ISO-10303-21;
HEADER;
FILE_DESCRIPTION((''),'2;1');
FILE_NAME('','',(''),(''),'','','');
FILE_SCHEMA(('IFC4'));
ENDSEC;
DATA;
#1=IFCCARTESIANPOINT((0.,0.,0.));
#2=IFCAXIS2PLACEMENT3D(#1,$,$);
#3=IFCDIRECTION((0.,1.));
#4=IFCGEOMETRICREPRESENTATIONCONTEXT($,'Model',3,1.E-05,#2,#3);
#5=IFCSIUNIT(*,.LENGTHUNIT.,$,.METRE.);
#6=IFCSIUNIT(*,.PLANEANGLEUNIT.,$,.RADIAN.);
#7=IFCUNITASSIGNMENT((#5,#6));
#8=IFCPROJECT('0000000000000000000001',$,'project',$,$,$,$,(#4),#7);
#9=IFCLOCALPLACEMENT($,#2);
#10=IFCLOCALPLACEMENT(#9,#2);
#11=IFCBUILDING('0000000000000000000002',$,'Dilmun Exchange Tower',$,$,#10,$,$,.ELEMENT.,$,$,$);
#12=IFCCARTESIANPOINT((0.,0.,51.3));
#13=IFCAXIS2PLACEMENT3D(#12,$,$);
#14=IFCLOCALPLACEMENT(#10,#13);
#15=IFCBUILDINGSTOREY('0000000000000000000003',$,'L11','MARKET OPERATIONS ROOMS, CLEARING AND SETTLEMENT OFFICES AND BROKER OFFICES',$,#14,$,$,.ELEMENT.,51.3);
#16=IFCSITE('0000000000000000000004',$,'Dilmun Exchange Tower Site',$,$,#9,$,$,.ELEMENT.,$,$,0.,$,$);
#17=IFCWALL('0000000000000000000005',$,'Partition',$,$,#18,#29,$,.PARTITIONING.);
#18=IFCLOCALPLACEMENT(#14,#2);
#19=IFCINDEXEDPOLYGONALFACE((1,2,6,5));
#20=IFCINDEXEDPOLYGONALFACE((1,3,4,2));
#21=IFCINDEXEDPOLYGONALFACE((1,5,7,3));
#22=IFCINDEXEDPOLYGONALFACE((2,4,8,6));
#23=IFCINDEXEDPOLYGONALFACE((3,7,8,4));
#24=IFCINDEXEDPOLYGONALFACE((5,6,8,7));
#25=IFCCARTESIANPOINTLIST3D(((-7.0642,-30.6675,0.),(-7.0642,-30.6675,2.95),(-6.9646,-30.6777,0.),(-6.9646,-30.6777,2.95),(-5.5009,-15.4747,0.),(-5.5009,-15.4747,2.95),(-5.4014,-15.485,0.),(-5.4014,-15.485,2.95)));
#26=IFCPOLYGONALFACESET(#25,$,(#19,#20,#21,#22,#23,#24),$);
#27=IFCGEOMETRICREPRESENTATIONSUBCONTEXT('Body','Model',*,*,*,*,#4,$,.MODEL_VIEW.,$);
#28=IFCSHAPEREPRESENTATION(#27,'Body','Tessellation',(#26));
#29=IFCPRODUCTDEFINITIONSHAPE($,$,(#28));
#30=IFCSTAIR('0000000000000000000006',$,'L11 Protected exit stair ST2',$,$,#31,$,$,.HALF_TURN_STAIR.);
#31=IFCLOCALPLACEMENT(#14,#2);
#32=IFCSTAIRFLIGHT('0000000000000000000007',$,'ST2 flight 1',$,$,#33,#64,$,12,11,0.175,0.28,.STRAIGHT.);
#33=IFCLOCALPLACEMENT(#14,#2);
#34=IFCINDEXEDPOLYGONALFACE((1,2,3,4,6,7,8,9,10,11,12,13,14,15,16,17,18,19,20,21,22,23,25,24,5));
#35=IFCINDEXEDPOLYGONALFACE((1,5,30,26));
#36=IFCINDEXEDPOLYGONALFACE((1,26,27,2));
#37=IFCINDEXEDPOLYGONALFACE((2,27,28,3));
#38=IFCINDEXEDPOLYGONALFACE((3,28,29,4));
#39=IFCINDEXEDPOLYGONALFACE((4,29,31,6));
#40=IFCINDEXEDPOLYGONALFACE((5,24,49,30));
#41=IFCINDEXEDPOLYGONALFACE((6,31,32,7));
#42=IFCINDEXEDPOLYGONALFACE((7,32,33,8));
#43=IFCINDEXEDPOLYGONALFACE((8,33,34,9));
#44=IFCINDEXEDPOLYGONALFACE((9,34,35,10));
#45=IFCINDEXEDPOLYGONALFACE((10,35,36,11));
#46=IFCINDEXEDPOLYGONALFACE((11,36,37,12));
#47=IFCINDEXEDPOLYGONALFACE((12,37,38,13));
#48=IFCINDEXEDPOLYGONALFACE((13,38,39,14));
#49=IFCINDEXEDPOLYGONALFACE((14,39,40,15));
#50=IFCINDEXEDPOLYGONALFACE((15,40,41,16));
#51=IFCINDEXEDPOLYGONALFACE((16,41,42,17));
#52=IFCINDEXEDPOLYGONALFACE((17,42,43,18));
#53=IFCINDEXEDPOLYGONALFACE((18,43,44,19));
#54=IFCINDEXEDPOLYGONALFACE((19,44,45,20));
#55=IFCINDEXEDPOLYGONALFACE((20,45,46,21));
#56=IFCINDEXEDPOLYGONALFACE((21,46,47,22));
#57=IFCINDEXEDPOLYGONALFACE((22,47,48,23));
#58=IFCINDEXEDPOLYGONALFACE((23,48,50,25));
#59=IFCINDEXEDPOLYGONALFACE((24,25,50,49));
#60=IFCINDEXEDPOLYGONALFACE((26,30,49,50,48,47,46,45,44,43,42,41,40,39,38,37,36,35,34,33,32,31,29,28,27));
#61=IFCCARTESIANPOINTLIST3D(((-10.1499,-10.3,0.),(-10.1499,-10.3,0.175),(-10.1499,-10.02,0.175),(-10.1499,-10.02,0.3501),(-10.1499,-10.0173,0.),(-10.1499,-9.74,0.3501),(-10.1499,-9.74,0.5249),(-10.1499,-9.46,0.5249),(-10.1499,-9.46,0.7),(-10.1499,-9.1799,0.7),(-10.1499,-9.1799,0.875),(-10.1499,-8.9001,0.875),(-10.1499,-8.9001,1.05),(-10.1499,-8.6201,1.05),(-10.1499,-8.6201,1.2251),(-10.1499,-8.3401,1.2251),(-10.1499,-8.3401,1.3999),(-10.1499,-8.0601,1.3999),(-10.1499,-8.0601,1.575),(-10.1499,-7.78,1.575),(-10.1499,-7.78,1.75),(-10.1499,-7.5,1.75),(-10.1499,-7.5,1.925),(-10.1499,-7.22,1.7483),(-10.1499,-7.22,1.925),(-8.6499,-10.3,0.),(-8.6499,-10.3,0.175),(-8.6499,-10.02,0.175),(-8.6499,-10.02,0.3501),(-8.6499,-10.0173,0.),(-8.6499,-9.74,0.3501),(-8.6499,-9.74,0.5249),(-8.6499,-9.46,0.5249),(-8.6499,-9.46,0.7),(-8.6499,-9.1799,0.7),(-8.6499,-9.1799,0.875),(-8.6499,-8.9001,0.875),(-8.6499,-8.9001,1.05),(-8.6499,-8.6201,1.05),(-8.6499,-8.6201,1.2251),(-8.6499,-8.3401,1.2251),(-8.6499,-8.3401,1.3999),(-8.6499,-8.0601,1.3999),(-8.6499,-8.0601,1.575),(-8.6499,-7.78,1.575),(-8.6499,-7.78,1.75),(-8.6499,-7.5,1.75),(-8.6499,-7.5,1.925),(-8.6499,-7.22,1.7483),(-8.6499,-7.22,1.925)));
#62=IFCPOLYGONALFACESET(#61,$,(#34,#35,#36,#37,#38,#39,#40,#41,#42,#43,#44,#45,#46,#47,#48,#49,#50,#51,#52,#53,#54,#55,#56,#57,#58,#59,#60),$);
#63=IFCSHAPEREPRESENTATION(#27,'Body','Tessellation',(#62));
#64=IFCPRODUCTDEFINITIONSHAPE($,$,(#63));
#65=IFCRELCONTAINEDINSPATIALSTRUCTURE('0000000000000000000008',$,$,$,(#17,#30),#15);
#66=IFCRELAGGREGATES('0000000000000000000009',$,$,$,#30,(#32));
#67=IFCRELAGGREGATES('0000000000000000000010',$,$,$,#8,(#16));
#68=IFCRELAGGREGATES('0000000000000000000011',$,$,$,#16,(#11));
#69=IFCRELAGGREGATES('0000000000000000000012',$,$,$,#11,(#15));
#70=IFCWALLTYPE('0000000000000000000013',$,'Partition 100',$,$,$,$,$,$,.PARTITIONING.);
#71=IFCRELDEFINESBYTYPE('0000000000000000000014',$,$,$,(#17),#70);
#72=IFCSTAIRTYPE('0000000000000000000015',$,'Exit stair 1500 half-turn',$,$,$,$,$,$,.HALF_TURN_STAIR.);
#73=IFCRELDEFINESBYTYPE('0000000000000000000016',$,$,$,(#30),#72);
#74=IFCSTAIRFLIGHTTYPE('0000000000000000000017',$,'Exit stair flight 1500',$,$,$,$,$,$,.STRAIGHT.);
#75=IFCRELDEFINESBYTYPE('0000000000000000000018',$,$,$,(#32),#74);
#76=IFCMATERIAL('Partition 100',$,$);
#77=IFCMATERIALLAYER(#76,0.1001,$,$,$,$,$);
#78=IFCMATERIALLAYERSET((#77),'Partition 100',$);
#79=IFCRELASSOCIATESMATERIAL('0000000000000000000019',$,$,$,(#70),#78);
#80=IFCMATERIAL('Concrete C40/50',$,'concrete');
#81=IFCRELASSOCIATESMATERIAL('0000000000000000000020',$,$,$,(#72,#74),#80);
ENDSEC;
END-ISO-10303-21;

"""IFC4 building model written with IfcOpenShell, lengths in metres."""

from ifc_helpers import new_model, si_unit, direction, frame, frame_2d, origin, place, context, subcontext, project, spatial, polyline, rectangle, outline, extrude, material, layer, layer_set, type_object, element, aggregate, save


model = new_model("IFC4")

# Units and contexts
model_context = context("Model", 3, precision=1e-05, world=origin(), true_north=direction((0.0, 1.0)))
body_context = subcontext(model_context, "Body", "Model", "MODEL_VIEW")
ifc_project = project(units=[si_unit("LENGTHUNIT", "METRE"), si_unit("PLANEANGLEUNIT", "RADIAN")], contexts=[model_context])

# Site, building, storey
site_placement = place(None, origin())
site = spatial("IfcSite", under=ifc_project, at=site_placement, Name="Dilmun Exchange Tower Site", CompositionType="ELEMENT", RefElevation=0.0)
building_placement = place(site_placement, origin())
building = spatial("IfcBuilding", under=site, at=building_placement, Name="Dilmun Exchange Tower", CompositionType="ELEMENT")
storey_placement = place(building_placement, frame((0.0, 0.0, 51.3)))
storey = spatial("IfcBuildingStorey", under=building, at=storey_placement, Name="L11", Description="MARKET OPERATIONS ROOMS, CLEARING AND SETTLEMENT OFFICES AND BROKER OFFICES", CompositionType="ELEMENT", Elevation=51.3)

# Shared definitions
ifc_material_1 = material(Name="Concrete C40/50", Category="concrete")

# Wall
ifc_material_2 = material(Name="Partition 100")
ifc_layer_1 = layer(ifc_material_2, 0.1001)
ifc_layer_set_1 = layer_set([ifc_layer_1], Name="Partition 100")
wall_type_1 = type_object("IfcWallType", Name="Partition 100", PredefinedType="PARTITIONING", material=ifc_layer_set_1)
wall_1_placement = place(storey_placement, frame((-7.0144, -30.6726, 0.0), z_axis=(0.0, 0.0, 1.0), x_axis=(0.102354, 0.994748, 0.0)))
element("IfcWall", 1, at=wall_1_placement, inside=storey, type_object=wall_type_1, Name="Partition", PredefinedType="PARTITIONING", context=body_context, shape_type="SweptSolid", body=[
    extrude(rectangle(XDim=15.2729, YDim=0.1001, at=frame_2d((7.6365, 0.0))), origin(), (0.0, 0.0, 1.0), 2.95),
])

# Stair, stair flight
stair_type = type_object("IfcStairType", Name="Exit stair 1500 half-turn", PredefinedType="HALF_TURN_STAIR", material=ifc_material_1)
stair_placement = place(storey_placement, origin())
stair = element("IfcStair", 2, at=stair_placement, inside=storey, type_object=stair_type, Name="L11 Protected exit stair ST2", PredefinedType="HALF_TURN_STAIR")
stair_flight_type = type_object("IfcStairFlightType", Name="Exit stair flight 1500", PredefinedType="STRAIGHT", material=ifc_material_1)
stair_flight_placement = place(storey_placement, frame((-9.3999, -10.3, 0.0), z_axis=(0.0, 0.0, 1.0), x_axis=(0.0, 1.0, 0.0)))
stair_flight = element("IfcStairFlight", 3, at=stair_flight_placement, type_object=stair_flight_type, Name="ST2 flight 1", NumberOfRisers=12, NumberOfTreads=11, PredefinedType="STRAIGHT", RiserHeight=0.175, TreadLength=0.28, context=body_context, shape_type="SweptSolid", body=[
    extrude(outline(polyline([(0.0, 0.0), (0.0, 0.175), (0.28, 0.175), (0.28, 0.3501), (0.5601, 0.3501), (0.5601, 0.5249), (0.8401, 0.5249), (0.8401, 0.7), (1.1201, 0.7), (1.1201, 0.875), (1.3999, 0.875), (1.3999, 1.05), (1.6799, 1.05), (1.6799, 1.2251), (1.96, 1.2251), (1.96, 1.3999), (2.24, 1.3999), (2.24, 1.575), (2.52, 1.575), (2.52, 1.75), (2.8, 1.75), (2.8, 1.925), (3.0801, 1.925), (3.0801, 2.1001), (3.0801, 1.7483), (0.2827, 0.0), (0.0, 0.0)])), frame((0.0, 0.75, 0.0), z_axis=(0.0, -1.0, 0.0), x_axis=(1.0, 0.0, 0.0)), (0.0, 0.0, 1.0), 1.5),
])
aggregate(stair, [stair_flight])

save(model, "model.ifc")
